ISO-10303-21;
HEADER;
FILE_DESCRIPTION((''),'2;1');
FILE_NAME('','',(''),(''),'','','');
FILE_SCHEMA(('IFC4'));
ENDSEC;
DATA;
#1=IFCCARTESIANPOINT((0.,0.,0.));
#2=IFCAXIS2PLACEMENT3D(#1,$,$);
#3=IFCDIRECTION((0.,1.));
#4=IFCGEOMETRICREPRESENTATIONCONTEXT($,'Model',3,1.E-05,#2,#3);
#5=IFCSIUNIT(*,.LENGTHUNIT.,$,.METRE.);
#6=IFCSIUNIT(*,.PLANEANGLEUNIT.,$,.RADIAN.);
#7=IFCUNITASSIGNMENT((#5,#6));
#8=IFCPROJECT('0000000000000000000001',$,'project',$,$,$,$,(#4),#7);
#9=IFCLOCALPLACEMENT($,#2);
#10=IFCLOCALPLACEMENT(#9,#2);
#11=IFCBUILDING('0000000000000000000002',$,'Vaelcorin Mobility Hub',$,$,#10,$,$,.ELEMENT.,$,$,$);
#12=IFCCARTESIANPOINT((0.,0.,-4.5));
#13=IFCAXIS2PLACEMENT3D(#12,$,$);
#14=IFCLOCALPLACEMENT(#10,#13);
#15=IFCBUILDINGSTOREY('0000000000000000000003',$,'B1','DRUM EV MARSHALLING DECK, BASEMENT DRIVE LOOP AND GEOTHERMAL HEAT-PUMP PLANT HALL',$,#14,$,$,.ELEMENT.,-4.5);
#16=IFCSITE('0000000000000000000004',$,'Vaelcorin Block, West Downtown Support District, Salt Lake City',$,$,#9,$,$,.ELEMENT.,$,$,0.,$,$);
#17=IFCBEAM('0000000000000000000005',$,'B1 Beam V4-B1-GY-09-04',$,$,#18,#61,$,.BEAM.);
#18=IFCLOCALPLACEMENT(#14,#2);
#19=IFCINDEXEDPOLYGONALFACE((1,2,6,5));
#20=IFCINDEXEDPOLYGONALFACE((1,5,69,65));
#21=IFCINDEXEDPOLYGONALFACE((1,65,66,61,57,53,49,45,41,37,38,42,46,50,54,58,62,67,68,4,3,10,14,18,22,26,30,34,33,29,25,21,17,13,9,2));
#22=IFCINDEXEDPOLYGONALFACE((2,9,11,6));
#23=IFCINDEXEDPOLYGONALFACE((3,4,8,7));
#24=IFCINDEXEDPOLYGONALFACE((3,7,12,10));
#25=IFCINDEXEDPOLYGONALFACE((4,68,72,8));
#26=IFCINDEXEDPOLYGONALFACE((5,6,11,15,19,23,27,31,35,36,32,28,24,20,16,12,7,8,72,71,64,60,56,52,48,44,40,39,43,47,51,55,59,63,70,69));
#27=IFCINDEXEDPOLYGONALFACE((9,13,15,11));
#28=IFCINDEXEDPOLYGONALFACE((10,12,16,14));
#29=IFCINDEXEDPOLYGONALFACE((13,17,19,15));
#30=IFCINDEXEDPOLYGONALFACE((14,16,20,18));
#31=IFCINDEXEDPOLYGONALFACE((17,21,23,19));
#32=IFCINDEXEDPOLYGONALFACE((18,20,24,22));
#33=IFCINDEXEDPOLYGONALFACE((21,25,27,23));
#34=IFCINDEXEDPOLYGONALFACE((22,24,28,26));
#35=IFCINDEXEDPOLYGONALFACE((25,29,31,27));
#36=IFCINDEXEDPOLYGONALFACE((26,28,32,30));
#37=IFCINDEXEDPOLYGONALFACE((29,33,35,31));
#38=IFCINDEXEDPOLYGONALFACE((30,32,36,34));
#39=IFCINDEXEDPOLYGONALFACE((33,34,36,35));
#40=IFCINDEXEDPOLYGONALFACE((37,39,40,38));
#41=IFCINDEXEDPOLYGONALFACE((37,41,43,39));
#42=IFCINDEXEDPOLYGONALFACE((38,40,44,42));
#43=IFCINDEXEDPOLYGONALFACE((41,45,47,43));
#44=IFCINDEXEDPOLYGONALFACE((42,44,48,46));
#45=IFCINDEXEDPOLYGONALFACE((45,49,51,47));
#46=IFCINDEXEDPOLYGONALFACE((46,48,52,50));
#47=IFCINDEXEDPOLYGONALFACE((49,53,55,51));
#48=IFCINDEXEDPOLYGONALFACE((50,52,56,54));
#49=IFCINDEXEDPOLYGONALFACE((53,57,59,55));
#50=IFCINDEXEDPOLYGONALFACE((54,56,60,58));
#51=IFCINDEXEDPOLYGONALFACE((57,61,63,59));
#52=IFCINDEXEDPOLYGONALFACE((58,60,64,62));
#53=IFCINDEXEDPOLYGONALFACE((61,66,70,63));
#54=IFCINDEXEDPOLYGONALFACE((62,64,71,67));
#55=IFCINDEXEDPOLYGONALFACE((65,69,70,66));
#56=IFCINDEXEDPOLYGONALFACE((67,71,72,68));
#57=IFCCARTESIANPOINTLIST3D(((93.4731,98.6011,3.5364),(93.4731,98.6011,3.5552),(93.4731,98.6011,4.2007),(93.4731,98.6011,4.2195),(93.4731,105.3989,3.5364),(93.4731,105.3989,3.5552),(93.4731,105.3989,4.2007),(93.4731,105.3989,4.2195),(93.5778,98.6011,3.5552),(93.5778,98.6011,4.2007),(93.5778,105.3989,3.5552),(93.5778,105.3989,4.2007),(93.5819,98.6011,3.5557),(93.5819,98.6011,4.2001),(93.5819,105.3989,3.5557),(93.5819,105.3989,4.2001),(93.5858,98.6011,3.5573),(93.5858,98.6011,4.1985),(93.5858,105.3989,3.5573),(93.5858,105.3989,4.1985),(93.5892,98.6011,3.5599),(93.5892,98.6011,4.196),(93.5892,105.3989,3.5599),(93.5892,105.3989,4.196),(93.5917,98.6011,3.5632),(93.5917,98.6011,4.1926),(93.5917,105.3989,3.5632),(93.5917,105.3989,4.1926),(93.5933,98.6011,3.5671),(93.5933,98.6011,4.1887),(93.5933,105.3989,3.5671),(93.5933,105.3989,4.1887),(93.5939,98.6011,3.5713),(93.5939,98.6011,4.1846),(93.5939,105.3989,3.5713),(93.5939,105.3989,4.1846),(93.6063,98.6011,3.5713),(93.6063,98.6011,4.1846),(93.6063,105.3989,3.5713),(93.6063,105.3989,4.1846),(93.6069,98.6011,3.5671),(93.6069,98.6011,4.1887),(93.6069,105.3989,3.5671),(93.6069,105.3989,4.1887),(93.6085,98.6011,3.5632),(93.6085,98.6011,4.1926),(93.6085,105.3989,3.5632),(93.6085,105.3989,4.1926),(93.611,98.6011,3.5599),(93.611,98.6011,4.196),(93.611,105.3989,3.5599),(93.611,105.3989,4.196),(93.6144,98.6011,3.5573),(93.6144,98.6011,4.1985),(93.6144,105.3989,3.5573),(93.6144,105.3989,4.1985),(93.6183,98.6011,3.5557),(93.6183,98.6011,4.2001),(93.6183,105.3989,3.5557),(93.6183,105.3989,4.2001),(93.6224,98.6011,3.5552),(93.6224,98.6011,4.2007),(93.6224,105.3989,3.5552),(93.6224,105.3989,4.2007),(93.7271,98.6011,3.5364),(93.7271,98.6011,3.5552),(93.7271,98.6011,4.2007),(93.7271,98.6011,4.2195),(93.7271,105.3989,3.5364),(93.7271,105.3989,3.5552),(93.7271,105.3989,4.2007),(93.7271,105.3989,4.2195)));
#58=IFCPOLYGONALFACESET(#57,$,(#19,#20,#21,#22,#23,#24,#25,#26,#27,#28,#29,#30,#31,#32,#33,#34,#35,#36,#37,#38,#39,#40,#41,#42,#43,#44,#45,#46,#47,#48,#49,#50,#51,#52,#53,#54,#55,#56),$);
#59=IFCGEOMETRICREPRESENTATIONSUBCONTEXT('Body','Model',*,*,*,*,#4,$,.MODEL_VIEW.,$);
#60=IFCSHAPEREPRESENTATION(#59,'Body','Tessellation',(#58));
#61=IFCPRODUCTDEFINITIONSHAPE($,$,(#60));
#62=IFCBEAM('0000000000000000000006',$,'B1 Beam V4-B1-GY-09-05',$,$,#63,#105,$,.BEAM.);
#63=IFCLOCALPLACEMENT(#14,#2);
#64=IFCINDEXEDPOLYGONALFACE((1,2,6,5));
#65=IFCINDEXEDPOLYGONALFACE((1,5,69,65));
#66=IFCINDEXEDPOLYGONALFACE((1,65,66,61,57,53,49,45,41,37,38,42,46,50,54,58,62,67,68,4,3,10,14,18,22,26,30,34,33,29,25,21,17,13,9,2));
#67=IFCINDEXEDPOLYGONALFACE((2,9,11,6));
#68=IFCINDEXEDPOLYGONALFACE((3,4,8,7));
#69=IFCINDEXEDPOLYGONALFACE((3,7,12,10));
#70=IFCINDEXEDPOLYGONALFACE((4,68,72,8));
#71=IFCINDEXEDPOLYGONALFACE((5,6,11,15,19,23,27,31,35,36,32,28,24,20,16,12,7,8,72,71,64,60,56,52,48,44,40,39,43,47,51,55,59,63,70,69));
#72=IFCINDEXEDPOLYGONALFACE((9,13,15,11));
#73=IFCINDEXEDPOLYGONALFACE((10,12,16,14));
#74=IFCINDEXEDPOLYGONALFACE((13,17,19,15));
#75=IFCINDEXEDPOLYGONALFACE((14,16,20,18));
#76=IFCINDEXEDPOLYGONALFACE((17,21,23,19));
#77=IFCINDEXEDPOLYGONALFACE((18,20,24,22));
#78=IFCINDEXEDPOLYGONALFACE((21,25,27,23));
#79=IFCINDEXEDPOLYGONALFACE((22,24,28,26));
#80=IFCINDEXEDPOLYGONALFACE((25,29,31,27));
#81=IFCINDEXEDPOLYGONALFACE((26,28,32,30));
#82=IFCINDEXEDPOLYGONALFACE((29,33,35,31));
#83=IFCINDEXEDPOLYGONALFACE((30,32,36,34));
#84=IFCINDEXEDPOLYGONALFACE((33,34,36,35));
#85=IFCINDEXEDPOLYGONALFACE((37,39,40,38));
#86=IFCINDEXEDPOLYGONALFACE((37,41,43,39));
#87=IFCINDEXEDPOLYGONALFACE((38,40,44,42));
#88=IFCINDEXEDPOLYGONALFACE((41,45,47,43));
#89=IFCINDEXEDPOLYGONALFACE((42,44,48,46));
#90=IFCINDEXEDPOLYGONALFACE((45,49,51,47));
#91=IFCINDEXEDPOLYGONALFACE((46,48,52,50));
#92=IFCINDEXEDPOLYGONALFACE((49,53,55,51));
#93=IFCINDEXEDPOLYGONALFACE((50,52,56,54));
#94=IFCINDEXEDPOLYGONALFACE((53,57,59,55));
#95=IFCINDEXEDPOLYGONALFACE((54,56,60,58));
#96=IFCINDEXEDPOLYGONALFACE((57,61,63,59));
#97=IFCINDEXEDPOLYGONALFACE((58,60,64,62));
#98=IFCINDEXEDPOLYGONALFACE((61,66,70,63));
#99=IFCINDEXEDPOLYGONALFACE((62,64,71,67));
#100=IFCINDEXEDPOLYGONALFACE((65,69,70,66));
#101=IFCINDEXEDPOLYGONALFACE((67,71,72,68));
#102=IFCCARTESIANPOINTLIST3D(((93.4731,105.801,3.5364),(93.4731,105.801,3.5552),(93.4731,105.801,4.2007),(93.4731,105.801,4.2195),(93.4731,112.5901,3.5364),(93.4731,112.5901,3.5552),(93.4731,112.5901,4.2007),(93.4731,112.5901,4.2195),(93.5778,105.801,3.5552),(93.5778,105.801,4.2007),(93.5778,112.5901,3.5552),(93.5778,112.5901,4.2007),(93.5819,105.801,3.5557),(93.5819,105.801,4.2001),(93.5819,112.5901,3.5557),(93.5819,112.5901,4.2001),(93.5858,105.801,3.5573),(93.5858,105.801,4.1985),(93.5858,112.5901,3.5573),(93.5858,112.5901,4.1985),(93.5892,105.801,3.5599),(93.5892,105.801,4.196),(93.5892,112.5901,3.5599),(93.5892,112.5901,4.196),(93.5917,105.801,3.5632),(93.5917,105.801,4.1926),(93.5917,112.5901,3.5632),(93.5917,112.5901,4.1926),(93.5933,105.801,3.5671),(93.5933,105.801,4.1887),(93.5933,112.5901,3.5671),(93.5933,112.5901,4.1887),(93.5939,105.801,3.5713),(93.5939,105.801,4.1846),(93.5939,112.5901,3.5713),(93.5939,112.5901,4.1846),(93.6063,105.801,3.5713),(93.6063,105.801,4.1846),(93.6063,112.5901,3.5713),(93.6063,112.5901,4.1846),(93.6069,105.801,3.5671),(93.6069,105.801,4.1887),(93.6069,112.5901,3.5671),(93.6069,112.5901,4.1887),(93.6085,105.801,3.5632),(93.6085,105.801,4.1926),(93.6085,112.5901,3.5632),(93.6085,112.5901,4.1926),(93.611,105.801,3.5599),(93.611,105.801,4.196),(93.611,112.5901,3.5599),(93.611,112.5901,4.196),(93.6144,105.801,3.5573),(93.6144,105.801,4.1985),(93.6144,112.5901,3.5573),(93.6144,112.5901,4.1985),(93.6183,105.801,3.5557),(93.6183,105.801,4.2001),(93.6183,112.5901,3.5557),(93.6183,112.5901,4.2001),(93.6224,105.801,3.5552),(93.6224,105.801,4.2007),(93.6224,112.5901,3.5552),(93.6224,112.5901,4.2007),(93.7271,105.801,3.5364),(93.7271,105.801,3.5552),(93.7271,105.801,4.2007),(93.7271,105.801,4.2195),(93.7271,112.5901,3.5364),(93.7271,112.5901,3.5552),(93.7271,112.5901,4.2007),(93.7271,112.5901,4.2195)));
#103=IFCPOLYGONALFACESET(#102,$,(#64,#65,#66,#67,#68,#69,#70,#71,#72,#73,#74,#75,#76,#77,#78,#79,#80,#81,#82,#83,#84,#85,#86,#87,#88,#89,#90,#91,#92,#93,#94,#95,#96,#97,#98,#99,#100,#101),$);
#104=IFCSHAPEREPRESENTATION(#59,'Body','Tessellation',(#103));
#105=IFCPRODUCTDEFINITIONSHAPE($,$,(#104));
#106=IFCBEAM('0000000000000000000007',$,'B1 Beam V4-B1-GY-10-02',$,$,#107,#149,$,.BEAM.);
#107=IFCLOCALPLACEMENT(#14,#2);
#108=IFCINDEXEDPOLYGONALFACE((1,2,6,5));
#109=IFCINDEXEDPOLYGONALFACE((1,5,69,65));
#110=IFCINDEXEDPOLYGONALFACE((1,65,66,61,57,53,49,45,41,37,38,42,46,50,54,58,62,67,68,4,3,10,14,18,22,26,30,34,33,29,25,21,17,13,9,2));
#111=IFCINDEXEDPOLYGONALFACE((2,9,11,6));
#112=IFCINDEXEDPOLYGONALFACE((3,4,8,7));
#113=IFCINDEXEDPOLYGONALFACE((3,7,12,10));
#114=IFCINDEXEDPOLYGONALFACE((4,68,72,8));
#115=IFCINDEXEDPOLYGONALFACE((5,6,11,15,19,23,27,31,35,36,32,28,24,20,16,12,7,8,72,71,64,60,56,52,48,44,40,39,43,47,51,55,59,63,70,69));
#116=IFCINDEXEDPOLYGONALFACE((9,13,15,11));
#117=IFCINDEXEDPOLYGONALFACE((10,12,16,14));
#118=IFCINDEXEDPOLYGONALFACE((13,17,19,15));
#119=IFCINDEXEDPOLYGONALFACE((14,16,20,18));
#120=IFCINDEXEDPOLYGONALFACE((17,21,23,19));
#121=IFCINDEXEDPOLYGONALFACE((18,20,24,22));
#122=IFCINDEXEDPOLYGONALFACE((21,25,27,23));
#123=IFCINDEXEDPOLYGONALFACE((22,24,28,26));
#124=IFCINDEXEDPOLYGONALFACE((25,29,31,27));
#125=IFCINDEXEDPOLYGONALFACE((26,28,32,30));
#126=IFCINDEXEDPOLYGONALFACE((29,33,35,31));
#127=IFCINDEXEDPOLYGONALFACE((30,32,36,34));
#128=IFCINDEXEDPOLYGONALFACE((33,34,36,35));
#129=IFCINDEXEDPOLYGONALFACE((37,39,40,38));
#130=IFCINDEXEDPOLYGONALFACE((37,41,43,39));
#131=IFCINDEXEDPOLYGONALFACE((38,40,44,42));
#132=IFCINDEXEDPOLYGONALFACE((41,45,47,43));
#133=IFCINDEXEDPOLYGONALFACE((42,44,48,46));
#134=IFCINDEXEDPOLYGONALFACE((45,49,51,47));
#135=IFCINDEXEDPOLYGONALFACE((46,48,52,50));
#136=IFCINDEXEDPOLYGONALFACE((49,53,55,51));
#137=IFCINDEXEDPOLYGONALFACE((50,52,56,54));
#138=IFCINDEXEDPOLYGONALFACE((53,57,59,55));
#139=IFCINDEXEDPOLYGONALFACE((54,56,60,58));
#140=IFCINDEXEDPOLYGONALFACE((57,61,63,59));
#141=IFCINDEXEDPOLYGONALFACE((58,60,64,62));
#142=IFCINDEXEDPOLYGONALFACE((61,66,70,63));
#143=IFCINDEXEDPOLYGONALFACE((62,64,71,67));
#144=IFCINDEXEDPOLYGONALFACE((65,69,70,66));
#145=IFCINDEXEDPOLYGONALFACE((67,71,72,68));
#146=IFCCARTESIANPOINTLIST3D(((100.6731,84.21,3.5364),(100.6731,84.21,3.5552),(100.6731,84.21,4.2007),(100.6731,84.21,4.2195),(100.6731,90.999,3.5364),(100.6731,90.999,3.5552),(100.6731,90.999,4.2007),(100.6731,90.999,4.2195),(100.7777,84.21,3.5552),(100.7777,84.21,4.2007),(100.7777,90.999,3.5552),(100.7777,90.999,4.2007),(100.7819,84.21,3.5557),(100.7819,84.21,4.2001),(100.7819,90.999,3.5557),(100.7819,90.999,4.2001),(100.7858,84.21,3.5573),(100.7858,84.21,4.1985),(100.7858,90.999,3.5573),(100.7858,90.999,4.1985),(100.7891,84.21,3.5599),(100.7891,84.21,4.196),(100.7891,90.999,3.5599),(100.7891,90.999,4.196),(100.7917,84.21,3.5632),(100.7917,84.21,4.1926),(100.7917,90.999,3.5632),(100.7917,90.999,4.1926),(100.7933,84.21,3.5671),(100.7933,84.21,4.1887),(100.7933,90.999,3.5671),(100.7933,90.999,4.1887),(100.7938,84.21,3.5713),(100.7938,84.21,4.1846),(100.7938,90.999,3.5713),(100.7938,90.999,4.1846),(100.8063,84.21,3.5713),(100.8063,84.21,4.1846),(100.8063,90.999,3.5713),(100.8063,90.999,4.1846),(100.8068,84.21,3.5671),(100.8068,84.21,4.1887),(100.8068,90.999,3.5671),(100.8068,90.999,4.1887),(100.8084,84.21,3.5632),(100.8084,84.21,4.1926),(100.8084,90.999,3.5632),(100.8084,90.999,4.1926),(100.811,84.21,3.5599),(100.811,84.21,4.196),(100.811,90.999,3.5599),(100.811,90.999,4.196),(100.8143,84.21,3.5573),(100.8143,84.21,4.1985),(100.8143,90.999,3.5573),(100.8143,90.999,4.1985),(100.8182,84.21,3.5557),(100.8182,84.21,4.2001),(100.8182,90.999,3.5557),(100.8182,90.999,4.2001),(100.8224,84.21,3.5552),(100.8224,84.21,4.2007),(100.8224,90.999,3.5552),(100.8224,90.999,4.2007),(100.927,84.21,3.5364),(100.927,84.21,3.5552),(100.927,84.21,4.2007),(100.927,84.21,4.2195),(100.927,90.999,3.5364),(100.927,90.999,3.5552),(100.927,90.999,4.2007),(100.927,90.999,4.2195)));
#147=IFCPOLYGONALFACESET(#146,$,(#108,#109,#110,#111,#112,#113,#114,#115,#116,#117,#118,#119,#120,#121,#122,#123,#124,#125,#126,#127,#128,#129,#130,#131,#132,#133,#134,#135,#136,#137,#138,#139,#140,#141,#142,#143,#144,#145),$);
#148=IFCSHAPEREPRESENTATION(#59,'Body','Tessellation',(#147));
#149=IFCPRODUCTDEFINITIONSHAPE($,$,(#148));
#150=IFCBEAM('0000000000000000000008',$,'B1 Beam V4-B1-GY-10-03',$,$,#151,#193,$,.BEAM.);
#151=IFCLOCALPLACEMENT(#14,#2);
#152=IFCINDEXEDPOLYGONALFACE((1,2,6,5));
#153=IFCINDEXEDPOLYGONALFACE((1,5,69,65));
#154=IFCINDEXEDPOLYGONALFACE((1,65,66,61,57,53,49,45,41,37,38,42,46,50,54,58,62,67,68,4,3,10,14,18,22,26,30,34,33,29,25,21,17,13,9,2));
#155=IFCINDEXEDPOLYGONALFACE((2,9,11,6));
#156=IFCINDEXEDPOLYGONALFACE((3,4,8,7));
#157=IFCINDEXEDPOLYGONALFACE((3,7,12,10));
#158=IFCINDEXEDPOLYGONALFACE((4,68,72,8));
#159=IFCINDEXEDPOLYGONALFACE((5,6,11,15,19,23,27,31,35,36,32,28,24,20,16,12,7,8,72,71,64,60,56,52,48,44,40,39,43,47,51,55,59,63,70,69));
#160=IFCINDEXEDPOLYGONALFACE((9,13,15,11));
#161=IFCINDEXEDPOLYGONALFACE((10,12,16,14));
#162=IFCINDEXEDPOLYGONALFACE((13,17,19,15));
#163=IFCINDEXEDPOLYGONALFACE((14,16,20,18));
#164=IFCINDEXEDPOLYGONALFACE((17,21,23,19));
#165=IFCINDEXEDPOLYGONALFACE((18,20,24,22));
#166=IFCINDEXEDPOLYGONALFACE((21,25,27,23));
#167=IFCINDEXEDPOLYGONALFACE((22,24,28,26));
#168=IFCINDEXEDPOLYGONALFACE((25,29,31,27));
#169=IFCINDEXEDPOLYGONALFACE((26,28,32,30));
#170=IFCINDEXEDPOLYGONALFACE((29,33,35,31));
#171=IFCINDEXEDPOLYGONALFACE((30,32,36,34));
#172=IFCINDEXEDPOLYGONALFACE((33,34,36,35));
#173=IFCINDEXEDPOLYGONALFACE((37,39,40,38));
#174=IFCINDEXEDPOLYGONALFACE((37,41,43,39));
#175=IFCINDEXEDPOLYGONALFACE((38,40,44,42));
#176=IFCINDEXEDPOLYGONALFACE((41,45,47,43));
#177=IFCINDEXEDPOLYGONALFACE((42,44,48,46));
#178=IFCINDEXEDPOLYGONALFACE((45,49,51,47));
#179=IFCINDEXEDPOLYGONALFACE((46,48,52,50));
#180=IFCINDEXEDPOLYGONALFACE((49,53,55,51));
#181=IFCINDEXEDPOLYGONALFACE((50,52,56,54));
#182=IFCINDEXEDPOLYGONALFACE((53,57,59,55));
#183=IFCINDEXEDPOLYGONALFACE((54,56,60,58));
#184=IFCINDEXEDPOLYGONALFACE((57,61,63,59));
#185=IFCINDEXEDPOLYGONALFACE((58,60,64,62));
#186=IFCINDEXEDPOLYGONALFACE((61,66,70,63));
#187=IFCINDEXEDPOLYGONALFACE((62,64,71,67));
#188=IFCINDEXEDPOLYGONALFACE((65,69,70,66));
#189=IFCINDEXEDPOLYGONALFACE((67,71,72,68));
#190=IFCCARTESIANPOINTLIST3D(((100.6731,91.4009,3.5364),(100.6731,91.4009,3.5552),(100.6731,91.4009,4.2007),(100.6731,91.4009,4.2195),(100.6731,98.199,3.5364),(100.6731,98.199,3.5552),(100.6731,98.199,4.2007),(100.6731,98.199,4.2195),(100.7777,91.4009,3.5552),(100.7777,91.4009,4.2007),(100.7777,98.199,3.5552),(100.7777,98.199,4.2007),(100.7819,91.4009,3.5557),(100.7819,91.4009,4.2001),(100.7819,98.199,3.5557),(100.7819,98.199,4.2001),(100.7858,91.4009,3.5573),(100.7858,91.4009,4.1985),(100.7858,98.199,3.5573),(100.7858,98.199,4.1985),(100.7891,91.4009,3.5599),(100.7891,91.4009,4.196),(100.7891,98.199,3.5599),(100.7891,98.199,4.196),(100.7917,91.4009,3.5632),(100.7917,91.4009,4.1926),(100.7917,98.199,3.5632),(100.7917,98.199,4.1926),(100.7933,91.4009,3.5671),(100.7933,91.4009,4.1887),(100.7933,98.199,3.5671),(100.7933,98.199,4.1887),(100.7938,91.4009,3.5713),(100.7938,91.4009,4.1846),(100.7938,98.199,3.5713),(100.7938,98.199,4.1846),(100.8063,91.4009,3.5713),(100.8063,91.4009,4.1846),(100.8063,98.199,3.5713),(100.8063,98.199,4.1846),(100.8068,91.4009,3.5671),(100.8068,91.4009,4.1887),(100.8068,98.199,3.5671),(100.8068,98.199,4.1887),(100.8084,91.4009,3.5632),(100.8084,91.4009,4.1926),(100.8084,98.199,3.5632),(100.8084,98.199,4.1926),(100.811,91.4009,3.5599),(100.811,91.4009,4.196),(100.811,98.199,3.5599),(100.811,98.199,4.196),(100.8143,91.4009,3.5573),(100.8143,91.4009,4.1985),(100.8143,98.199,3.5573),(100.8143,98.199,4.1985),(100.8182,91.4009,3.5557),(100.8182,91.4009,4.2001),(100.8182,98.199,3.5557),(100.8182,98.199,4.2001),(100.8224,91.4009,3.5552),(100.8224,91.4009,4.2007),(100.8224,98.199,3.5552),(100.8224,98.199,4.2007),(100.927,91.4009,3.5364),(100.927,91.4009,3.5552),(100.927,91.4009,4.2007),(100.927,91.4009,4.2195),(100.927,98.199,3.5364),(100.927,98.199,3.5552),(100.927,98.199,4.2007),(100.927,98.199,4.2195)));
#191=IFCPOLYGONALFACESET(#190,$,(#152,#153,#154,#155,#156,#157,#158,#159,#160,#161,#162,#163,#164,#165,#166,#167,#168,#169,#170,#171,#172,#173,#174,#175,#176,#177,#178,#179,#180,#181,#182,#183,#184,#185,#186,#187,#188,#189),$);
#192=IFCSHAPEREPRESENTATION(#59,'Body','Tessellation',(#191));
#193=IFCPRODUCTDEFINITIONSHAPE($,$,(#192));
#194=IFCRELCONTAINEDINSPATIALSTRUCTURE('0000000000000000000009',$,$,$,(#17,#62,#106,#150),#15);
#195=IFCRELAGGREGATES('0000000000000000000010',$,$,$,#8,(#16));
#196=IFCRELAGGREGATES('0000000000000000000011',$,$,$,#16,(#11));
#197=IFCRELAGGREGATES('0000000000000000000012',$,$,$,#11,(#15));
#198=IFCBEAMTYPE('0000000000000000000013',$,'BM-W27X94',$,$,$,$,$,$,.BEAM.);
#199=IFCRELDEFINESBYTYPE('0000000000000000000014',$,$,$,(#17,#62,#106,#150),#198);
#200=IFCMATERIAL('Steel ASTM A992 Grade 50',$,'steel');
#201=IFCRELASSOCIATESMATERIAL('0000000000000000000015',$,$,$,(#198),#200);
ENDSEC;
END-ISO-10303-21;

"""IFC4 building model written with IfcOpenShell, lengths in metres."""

from ifc_helpers import new_model, si_unit, direction, frame, origin, origin_2d, place, context, subcontext, project, spatial, i_section, extrude, material, material_profile, profile_set, type_object, element, save


model = new_model("IFC4")

# Units and contexts
model_context = context("Model", 3, precision=1e-05, world=origin(), true_north=direction((0.0, 1.0)))
body_context = subcontext(model_context, "Body", "Model", "MODEL_VIEW")
ifc_project = project(units=[si_unit("LENGTHUNIT", "METRE"), si_unit("PLANEANGLEUNIT", "RADIAN")], contexts=[model_context])

# Site, building, storey
site_placement = place(None, origin())
site = spatial("IfcSite", under=ifc_project, at=site_placement, Name="Vaelcorin Block, West Downtown Support District, Salt Lake City", CompositionType="ELEMENT", RefElevation=0.0)
building_placement = place(site_placement, origin())
building = spatial("IfcBuilding", under=site, at=building_placement, Name="Vaelcorin Mobility Hub", CompositionType="ELEMENT")
storey_placement = place(building_placement, frame((0.0, 0.0, -4.5)))
storey = spatial("IfcBuildingStorey", under=building, at=storey_placement, Name="B1", Description="DRUM EV MARSHALLING DECK, BASEMENT DRIVE LOOP AND GEOTHERMAL HEAT-PUMP PLANT HALL", CompositionType="ELEMENT", Elevation=-4.5)

# Shared definitions
ifc_material_1 = material(Name="Steel ASTM A992 Grade 50", Category="steel")

# Beams
ifc_material_profile_1 = material_profile(ifc_material_1, i_section(OverallWidth=0.2539, OverallDepth=0.6831, WebThickness=0.0125, FlangeThickness=0.0188, FilletRadius=0.0161, at=origin_2d()), Name="W27X94")
ifc_profile_set_1 = profile_set([ifc_material_profile_1], Name="Steel ASTM A992 Grade 50")
beam_type_1 = type_object("IfcBeamType", Name="BM-W27X94", PredefinedType="BEAM", material=ifc_profile_set_1)
beam_1_placement = place(storey_placement, frame((93.6001, 98.6011, 3.8779), z_axis=(0.0, 1.0, 0.0), x_axis=(-1.0, 0.0, 0.0)))
element("IfcBeam", 1, at=beam_1_placement, inside=storey, type_object=beam_type_1, Name="B1 Beam V4-B1-GY-09-04", PredefinedType="BEAM", context=body_context, shape_type="SweptSolid", body=[
    extrude(i_section(OverallWidth=0.2539, OverallDepth=0.6831, WebThickness=0.0125, FlangeThickness=0.0188, FilletRadius=0.0161, at=origin_2d()), origin(), (0.0, 0.0, 1.0), 6.7979),
])
for number, where, z_axis, x_axis, name in (
    (2, (93.6001, 105.801, 3.8779), (0.0, 1.0, 0.0), (-1.0, 0.0, 0.0), "B1 Beam V4-B1-GY-09-05"),
    (3, (100.8, 84.21, 3.8779), (0.0, 1.0, 0.0), (-1.0, 0.0, 0.0), "B1 Beam V4-B1-GY-10-02"),
):
    element("IfcBeam", number, at=place(storey_placement, frame(where, z_axis=z_axis, x_axis=x_axis)), inside=storey, type_object=beam_type_1, Name=name, PredefinedType="BEAM", context=body_context, shape_type="SweptSolid", body=[
        extrude(i_section(OverallWidth=0.2539, OverallDepth=0.6831, WebThickness=0.0125, FlangeThickness=0.0188, FilletRadius=0.0161, at=origin_2d()), origin(), (0.0, 0.0, 1.0), 6.7891),
    ])
beam_2_placement = place(storey_placement, frame((100.8, 91.4009, 3.8779), z_axis=(0.0, 1.0, 0.0), x_axis=(-1.0, 0.0, 0.0)))
element("IfcBeam", 4, at=beam_2_placement, inside=storey, type_object=beam_type_1, Name="B1 Beam V4-B1-GY-10-03", PredefinedType="BEAM", context=body_context, shape_type="SweptSolid", body=[
    extrude(i_section(OverallWidth=0.2539, OverallDepth=0.6831, WebThickness=0.0125, FlangeThickness=0.0188, FilletRadius=0.0161, at=origin_2d()), origin(), (0.0, 0.0, 1.0), 6.7981),
])

save(model, "model.ifc")
